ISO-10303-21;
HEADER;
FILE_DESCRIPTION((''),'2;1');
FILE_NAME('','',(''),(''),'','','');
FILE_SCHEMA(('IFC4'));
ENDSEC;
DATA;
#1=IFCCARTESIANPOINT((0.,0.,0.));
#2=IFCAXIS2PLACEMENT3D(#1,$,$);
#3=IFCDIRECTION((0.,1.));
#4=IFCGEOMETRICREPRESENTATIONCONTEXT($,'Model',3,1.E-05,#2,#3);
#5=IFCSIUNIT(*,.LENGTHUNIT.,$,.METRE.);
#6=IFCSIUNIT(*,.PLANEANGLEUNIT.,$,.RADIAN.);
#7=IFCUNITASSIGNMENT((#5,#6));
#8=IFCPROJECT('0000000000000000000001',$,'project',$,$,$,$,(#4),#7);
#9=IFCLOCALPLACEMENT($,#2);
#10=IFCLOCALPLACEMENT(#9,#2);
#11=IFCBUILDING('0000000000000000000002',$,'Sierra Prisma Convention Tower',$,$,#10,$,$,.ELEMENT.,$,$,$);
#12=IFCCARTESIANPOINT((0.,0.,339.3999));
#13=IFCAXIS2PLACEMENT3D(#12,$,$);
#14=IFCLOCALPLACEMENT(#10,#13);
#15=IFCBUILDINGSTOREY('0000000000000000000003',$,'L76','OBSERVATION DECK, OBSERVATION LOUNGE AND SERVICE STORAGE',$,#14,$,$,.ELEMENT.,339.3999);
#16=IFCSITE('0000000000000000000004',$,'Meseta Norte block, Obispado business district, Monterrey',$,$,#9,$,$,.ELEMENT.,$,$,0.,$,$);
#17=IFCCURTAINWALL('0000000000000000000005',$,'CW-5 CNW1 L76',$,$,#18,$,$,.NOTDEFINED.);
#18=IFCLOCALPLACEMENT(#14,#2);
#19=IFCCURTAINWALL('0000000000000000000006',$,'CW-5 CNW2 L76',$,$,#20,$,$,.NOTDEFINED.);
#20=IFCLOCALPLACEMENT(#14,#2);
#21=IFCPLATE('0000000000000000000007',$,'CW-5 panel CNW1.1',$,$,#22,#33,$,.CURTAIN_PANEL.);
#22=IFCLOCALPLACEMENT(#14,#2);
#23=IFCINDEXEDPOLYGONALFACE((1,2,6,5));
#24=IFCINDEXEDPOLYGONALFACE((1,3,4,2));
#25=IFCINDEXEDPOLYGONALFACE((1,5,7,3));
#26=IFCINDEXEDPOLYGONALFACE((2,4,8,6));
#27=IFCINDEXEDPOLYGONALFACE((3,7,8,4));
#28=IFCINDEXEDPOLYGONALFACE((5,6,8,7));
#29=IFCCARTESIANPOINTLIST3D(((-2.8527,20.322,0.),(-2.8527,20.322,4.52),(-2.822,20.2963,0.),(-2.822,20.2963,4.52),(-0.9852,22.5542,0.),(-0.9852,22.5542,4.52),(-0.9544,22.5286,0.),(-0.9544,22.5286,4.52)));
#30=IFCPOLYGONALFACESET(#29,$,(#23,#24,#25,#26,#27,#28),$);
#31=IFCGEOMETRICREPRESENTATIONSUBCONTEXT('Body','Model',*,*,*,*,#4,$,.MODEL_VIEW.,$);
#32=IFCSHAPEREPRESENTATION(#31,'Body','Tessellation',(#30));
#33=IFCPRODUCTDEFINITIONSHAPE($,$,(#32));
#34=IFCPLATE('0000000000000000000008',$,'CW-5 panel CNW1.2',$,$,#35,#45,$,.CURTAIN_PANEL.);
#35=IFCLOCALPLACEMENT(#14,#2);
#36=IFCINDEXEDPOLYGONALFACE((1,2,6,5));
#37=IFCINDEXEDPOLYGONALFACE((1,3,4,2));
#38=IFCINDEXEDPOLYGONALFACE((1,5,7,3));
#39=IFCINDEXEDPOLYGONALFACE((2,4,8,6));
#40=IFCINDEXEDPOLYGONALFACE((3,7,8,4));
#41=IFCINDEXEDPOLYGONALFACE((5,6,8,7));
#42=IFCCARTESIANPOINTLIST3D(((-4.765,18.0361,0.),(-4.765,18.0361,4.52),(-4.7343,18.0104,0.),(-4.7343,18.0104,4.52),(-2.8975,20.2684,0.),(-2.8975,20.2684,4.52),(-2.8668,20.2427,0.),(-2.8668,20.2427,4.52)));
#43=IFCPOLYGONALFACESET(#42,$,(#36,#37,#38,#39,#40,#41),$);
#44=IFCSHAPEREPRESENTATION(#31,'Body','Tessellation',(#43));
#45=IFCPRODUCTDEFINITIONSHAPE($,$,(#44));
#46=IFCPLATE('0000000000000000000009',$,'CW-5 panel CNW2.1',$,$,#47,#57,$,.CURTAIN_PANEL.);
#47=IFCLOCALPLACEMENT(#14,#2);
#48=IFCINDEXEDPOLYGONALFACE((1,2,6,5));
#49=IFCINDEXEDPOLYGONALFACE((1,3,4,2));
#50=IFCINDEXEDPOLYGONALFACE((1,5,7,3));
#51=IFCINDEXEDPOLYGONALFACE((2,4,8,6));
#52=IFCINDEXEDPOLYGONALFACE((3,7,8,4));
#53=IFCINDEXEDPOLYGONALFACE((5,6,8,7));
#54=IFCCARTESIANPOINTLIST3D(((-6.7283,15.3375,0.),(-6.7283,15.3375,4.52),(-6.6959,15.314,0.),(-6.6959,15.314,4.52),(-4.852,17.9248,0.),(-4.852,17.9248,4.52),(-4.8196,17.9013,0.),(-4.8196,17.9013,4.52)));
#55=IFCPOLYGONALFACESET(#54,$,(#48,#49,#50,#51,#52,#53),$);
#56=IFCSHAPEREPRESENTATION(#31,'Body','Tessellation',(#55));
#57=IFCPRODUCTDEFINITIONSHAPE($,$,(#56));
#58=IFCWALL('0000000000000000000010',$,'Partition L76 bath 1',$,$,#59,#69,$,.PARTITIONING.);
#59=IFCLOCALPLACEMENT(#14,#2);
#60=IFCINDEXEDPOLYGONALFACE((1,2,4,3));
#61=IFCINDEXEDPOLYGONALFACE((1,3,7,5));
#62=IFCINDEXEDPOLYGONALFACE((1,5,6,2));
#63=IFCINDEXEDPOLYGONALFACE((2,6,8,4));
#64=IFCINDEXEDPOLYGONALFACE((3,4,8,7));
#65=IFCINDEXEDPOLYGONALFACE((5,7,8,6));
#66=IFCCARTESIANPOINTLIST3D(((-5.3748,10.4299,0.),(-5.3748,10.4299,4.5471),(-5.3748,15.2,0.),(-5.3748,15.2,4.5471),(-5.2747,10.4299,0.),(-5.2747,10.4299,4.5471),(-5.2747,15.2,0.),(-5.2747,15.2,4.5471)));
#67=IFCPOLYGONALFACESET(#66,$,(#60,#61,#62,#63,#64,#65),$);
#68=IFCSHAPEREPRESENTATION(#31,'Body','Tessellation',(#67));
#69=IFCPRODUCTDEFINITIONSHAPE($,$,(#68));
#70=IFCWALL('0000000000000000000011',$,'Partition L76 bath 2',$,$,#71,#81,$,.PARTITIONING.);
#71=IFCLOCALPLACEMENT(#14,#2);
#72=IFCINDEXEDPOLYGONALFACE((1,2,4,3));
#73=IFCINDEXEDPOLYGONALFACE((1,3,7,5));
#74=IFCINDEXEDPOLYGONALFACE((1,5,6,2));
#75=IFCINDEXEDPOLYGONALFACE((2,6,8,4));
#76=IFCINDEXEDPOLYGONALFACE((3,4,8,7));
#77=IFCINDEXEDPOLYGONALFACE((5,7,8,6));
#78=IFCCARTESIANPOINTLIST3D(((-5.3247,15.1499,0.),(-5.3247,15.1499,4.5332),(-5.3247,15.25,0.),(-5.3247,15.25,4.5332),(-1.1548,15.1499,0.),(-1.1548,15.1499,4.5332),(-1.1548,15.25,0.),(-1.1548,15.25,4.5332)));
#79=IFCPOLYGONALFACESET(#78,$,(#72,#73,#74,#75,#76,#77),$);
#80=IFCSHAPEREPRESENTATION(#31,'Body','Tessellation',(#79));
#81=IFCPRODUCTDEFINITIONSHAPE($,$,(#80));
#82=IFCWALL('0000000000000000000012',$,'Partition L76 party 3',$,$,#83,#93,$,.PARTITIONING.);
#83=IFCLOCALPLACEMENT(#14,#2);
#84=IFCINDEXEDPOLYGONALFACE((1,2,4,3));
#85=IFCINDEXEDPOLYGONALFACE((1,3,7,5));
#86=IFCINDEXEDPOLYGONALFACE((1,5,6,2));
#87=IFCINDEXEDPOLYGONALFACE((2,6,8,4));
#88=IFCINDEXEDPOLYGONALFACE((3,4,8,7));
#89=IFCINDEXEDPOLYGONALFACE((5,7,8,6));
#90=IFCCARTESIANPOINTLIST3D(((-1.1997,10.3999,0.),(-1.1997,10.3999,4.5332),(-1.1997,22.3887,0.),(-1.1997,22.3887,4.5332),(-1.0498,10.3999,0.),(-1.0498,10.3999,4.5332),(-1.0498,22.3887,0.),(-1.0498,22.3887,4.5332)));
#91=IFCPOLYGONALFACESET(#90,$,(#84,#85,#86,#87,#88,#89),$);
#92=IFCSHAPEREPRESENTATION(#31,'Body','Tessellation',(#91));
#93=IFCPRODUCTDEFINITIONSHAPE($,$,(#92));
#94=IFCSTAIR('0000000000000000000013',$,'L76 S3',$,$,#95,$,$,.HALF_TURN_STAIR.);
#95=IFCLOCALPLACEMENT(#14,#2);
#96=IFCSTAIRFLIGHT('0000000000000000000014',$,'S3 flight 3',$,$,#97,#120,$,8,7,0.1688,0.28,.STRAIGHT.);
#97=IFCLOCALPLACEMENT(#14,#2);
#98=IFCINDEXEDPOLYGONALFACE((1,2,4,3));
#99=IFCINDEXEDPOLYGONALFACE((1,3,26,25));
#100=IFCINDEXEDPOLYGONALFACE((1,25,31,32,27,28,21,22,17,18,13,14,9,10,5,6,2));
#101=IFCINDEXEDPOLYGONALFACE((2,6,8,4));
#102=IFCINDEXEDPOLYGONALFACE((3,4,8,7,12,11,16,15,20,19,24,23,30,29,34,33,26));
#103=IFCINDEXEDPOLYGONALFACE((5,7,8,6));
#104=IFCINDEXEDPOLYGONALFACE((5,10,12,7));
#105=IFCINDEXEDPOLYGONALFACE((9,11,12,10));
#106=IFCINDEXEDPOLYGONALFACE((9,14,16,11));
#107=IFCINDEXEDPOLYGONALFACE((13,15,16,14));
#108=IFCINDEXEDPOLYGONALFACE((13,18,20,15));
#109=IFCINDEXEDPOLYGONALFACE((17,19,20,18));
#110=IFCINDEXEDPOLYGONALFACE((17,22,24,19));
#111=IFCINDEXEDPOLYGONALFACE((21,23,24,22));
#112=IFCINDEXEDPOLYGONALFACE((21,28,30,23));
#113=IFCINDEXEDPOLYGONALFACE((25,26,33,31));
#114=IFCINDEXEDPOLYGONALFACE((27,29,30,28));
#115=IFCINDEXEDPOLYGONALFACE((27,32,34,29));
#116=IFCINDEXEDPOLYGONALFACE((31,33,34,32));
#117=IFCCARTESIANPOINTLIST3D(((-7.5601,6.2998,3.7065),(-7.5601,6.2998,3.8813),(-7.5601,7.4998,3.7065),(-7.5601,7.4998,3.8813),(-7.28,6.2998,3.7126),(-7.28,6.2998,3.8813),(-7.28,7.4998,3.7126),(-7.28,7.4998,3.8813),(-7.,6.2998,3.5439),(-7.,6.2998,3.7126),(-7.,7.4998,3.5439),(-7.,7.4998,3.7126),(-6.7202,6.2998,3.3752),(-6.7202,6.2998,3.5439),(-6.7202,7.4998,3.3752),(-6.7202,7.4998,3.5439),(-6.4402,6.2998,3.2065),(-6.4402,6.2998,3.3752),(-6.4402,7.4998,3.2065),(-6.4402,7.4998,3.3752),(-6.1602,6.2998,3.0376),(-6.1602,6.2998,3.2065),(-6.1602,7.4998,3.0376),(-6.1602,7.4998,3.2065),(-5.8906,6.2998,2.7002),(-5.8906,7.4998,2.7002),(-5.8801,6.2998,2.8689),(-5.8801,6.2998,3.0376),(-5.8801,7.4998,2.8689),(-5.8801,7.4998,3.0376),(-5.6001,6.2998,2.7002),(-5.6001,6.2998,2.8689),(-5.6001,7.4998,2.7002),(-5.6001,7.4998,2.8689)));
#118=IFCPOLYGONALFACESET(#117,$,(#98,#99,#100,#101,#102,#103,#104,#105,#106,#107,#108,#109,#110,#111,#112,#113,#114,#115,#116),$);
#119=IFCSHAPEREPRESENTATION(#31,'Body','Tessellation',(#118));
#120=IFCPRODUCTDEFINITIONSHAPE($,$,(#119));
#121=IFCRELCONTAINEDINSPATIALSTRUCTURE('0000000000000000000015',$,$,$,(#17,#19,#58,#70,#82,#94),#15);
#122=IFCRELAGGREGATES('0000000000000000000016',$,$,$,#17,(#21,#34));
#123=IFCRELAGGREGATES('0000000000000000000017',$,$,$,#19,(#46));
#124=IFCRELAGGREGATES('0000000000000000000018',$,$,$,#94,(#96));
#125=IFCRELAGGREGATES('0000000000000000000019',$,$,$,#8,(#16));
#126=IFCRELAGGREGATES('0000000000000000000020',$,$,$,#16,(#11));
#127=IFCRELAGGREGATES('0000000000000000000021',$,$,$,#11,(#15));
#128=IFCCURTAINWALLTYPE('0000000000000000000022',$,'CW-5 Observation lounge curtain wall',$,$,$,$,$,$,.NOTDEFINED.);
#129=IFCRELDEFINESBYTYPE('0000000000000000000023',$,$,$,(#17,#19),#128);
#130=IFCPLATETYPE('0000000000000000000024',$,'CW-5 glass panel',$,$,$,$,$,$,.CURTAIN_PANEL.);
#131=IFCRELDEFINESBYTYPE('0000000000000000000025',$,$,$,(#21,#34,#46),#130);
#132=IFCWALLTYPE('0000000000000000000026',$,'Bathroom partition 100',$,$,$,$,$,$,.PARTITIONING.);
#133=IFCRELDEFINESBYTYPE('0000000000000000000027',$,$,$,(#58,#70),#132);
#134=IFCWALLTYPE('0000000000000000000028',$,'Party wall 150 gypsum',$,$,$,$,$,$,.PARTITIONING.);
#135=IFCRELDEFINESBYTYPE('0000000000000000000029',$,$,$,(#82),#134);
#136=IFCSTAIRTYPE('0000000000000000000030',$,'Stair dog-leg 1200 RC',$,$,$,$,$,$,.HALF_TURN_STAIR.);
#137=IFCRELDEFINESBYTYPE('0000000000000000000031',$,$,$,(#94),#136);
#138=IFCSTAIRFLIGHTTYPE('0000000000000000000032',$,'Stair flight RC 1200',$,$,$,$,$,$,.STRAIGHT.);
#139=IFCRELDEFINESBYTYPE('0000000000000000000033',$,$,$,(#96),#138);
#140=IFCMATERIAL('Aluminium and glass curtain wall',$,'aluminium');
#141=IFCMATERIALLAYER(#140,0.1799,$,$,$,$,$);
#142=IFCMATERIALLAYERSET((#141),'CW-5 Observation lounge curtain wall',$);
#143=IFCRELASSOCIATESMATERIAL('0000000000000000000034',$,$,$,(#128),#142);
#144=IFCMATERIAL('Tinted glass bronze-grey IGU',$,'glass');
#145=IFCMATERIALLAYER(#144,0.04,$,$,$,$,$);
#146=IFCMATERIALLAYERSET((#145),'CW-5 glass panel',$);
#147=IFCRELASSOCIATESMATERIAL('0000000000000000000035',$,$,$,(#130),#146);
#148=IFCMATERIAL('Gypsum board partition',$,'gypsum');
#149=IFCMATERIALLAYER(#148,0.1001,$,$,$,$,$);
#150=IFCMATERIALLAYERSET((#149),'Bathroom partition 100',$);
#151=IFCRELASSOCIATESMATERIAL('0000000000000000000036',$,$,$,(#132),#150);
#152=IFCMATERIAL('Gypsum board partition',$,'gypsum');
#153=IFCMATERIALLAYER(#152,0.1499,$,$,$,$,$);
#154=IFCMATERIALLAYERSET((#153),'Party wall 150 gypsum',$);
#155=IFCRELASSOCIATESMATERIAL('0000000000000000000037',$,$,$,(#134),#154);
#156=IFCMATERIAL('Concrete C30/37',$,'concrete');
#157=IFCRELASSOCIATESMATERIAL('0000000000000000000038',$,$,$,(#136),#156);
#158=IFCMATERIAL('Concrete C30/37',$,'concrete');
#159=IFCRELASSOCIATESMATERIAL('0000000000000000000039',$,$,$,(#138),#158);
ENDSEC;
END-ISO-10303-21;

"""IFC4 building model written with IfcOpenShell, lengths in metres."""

from ifc_helpers import new_model, si_unit, direction, frame, frame_2d, origin, origin_2d, place, context, subcontext, project, spatial, polyline, rectangle, outline, extrude, material, layer, layer_set, type_object, element, aggregate, save


model = new_model("IFC4")

# Units and contexts
model_context = context("Model", 3, precision=1e-05, world=origin(), true_north=direction((0.0, 1.0)))
body_context = subcontext(model_context, "Body", "Model", "MODEL_VIEW")
ifc_project = project(units=[si_unit("LENGTHUNIT", "METRE"), si_unit("PLANEANGLEUNIT", "RADIAN")], contexts=[model_context])

# Site, building, storey
site_placement = place(None, origin())
site = spatial("IfcSite", under=ifc_project, at=site_placement, Name="Meseta Norte block, Obispado business district, Monterrey", CompositionType="ELEMENT", RefElevation=0.0)
building_placement = place(site_placement, origin())
building = spatial("IfcBuilding", under=site, at=building_placement, Name="Sierra Prisma Convention Tower", CompositionType="ELEMENT")
storey_placement = place(building_placement, frame((0.0, 0.0, 339.3999)))
storey = spatial("IfcBuildingStorey", under=building, at=storey_placement, Name="L76", Description="OBSERVATION DECK, OBSERVATION LOUNGE AND SERVICE STORAGE", CompositionType="ELEMENT", Elevation=339.3999)

# Curtain walls
ifc_material_1 = material(Name="Aluminium and glass curtain wall", Category="aluminium")
ifc_layer_1 = layer(ifc_material_1, 0.1799)
ifc_layer_set_1 = layer_set([ifc_layer_1], Name="CW-5 Observation lounge curtain wall")
curtain_wall_type = type_object("IfcCurtainWallType", Name="CW-5 Observation lounge curtain wall", PredefinedType="NOTDEFINED", material=ifc_layer_set_1)
curtain_wall_1_placement = place(storey_placement, origin())
curtain_wall_1 = element("IfcCurtainWall", 1, at=curtain_wall_1_placement, inside=storey, type_object=curtain_wall_type, Name="CW-5 CNW1 L76", PredefinedType="NOTDEFINED")
curtain_wall_2_placement = place(storey_placement, origin())
curtain_wall_2 = element("IfcCurtainWall", 2, at=curtain_wall_2_placement, inside=storey, type_object=curtain_wall_type, Name="CW-5 CNW2 L76", PredefinedType="NOTDEFINED")

# Plates
ifc_material_2 = material(Name="Tinted glass bronze-grey IGU", Category="glass")
ifc_layer_2 = layer(ifc_material_2, 0.04)
ifc_layer_set_2 = layer_set([ifc_layer_2], Name="CW-5 glass panel")
plate_type = type_object("IfcPlateType", Name="CW-5 glass panel", PredefinedType="CURTAIN_PANEL", material=ifc_layer_set_2)
plate_1_placement = place(storey_placement, frame((-1.9036, 21.4253, 0.0), z_axis=(0.0, 0.0, 1.0), x_axis=(-0.641672, -0.766979, 0.0)))
plate_1 = element("IfcPlate", 3, at=plate_1_placement, type_object=plate_type, Name="CW-5 panel CNW1.1", PredefinedType="CURTAIN_PANEL", context=body_context, shape_type="SweptSolid", body=[
    extrude(rectangle(XDim=2.9104, YDim=0.04, at=origin_2d()), origin(), (0.0, 0.0, 1.0), 4.52),
])
plate_2_placement = place(storey_placement, frame((-3.8159, 19.1394, 0.0), z_axis=(0.0, 0.0, 1.0), x_axis=(-0.641672, -0.766979, 0.0)))
plate_2 = element("IfcPlate", 4, at=plate_2_placement, type_object=plate_type, Name="CW-5 panel CNW1.2", PredefinedType="CURTAIN_PANEL", context=body_context, shape_type="SweptSolid", body=[
    extrude(rectangle(XDim=2.9104, YDim=0.04, at=origin_2d()), origin(), (0.0, 0.0, 1.0), 4.52),
])
aggregate(curtain_wall_1, [plate_1, plate_2])
plate_3_placement = place(storey_placement, frame((-5.7739, 16.6194, 0.0), z_axis=(0.0, 0.0, 1.0), x_axis=(-0.587078, -0.80953, 0.0)))
plate_3 = element("IfcPlate", 5, at=plate_3_placement, type_object=plate_type, Name="CW-5 panel CNW2.1", PredefinedType="CURTAIN_PANEL", context=body_context, shape_type="SweptSolid", body=[
    extrude(rectangle(XDim=3.196, YDim=0.04, at=origin_2d()), origin(), (0.0, 0.0, 1.0), 4.52),
])
aggregate(curtain_wall_2, [plate_3])

# Walls
ifc_material_3 = material(Name="Gypsum board partition", Category="gypsum")
ifc_layer_3 = layer(ifc_material_3, 0.1001)
ifc_layer_set_3 = layer_set([ifc_layer_3], Name="Bathroom partition 100")
wall_type_1 = type_object("IfcWallType", Name="Bathroom partition 100", PredefinedType="PARTITIONING", material=ifc_layer_set_3)
wall_1_placement = place(storey_placement, frame((-5.3247, 10.4299, 0.0), z_axis=(0.0, 0.0, 1.0), x_axis=(0.0, 1.0, 0.0)))
element("IfcWall", 6, at=wall_1_placement, inside=storey, type_object=wall_type_1, Name="Partition L76 bath 1", PredefinedType="PARTITIONING", context=body_context, shape_type="SweptSolid", body=[
    extrude(rectangle(XDim=4.77, YDim=0.1001, at=frame_2d((2.385, 0.0))), origin(), (0.0, 0.0, 1.0), 4.5471),
])
wall_2_placement = place(storey_placement, frame((-5.3247, 15.2, 0.0), z_axis=(0.0, 0.0, 1.0), x_axis=(1.0, 0.0, 0.0)))
element("IfcWall", 7, at=wall_2_placement, inside=storey, type_object=wall_type_1, Name="Partition L76 bath 2", PredefinedType="PARTITIONING", context=body_context, shape_type="SweptSolid", body=[
    extrude(rectangle(XDim=4.1699, YDim=0.1001, at=frame_2d((2.085, 0.0))), origin(), (0.0, 0.0, 1.0), 4.5332),
])
ifc_material_4 = material(Name="Gypsum board partition", Category="gypsum")
ifc_layer_4 = layer(ifc_material_4, 0.1499)
ifc_layer_set_4 = layer_set([ifc_layer_4], Name="Party wall 150 gypsum")
wall_type_2 = type_object("IfcWallType", Name="Party wall 150 gypsum", PredefinedType="PARTITIONING", material=ifc_layer_set_4)
wall_3_placement = place(storey_placement, frame((-1.1248, 10.3999, 0.0), z_axis=(0.0, 0.0, 1.0), x_axis=(0.0, 1.0, 0.0)))
element("IfcWall", 8, at=wall_3_placement, inside=storey, type_object=wall_type_2, Name="Partition L76 party 3", PredefinedType="PARTITIONING", context=body_context, shape_type="SweptSolid", body=[
    extrude(rectangle(XDim=11.9888, YDim=0.1499, at=frame_2d((5.9944, 0.0))), origin(), (0.0, 0.0, 1.0), 4.5332),
])

# Stair, stair flight
ifc_material_5 = material(Name="Concrete C30/37", Category="concrete")
stair_type = type_object("IfcStairType", Name="Stair dog-leg 1200 RC", PredefinedType="HALF_TURN_STAIR", material=ifc_material_5)
stair_placement = place(storey_placement, origin())
stair = element("IfcStair", 9, at=stair_placement, inside=storey, type_object=stair_type, Name="L76 S3", PredefinedType="HALF_TURN_STAIR")
ifc_material_6 = material(Name="Concrete C30/37", Category="concrete")
stair_flight_type = type_object("IfcStairFlightType", Name="Stair flight RC 1200", PredefinedType="STRAIGHT", material=ifc_material_6)
stair_flight_placement = place(storey_placement, frame((-5.6001, 6.8999, 2.7002), z_axis=(0.0, 0.0, 1.0), x_axis=(-1.0, 0.0, 0.0)))
stair_flight = element("IfcStairFlight", 10, at=stair_flight_placement, type_object=stair_flight_type, Name="S3 flight 3", NumberOfRisers=8, NumberOfTreads=7, PredefinedType="STRAIGHT", RiserHeight=0.1688, TreadLength=0.28, context=body_context, shape_type="SweptSolid", body=[
    extrude(outline(polyline([(0.0, 0.0), (0.0, 0.1687), (0.28, 0.1687), (0.28, 0.3374), (0.5601, 0.3374), (0.5601, 0.5063), (0.8401, 0.5063), (0.8401, 0.675), (1.1201, 0.675), (1.1201, 0.8438), (1.3999, 0.8438), (1.3999, 1.0125), (1.6799, 1.0125), (1.6799, 1.1812), (1.96, 1.1812), (1.96, 1.3501), (1.96, 1.0063), (0.2905, 0.0), (0.0, 0.0)])), frame((0.0, 0.6001, 0.0), z_axis=(0.0, -1.0, 0.0), x_axis=(1.0, 0.0, 0.0)), (0.0, 0.0, 1.0), 1.2),
])
aggregate(stair, [stair_flight])

save(model, "model.ifc")
